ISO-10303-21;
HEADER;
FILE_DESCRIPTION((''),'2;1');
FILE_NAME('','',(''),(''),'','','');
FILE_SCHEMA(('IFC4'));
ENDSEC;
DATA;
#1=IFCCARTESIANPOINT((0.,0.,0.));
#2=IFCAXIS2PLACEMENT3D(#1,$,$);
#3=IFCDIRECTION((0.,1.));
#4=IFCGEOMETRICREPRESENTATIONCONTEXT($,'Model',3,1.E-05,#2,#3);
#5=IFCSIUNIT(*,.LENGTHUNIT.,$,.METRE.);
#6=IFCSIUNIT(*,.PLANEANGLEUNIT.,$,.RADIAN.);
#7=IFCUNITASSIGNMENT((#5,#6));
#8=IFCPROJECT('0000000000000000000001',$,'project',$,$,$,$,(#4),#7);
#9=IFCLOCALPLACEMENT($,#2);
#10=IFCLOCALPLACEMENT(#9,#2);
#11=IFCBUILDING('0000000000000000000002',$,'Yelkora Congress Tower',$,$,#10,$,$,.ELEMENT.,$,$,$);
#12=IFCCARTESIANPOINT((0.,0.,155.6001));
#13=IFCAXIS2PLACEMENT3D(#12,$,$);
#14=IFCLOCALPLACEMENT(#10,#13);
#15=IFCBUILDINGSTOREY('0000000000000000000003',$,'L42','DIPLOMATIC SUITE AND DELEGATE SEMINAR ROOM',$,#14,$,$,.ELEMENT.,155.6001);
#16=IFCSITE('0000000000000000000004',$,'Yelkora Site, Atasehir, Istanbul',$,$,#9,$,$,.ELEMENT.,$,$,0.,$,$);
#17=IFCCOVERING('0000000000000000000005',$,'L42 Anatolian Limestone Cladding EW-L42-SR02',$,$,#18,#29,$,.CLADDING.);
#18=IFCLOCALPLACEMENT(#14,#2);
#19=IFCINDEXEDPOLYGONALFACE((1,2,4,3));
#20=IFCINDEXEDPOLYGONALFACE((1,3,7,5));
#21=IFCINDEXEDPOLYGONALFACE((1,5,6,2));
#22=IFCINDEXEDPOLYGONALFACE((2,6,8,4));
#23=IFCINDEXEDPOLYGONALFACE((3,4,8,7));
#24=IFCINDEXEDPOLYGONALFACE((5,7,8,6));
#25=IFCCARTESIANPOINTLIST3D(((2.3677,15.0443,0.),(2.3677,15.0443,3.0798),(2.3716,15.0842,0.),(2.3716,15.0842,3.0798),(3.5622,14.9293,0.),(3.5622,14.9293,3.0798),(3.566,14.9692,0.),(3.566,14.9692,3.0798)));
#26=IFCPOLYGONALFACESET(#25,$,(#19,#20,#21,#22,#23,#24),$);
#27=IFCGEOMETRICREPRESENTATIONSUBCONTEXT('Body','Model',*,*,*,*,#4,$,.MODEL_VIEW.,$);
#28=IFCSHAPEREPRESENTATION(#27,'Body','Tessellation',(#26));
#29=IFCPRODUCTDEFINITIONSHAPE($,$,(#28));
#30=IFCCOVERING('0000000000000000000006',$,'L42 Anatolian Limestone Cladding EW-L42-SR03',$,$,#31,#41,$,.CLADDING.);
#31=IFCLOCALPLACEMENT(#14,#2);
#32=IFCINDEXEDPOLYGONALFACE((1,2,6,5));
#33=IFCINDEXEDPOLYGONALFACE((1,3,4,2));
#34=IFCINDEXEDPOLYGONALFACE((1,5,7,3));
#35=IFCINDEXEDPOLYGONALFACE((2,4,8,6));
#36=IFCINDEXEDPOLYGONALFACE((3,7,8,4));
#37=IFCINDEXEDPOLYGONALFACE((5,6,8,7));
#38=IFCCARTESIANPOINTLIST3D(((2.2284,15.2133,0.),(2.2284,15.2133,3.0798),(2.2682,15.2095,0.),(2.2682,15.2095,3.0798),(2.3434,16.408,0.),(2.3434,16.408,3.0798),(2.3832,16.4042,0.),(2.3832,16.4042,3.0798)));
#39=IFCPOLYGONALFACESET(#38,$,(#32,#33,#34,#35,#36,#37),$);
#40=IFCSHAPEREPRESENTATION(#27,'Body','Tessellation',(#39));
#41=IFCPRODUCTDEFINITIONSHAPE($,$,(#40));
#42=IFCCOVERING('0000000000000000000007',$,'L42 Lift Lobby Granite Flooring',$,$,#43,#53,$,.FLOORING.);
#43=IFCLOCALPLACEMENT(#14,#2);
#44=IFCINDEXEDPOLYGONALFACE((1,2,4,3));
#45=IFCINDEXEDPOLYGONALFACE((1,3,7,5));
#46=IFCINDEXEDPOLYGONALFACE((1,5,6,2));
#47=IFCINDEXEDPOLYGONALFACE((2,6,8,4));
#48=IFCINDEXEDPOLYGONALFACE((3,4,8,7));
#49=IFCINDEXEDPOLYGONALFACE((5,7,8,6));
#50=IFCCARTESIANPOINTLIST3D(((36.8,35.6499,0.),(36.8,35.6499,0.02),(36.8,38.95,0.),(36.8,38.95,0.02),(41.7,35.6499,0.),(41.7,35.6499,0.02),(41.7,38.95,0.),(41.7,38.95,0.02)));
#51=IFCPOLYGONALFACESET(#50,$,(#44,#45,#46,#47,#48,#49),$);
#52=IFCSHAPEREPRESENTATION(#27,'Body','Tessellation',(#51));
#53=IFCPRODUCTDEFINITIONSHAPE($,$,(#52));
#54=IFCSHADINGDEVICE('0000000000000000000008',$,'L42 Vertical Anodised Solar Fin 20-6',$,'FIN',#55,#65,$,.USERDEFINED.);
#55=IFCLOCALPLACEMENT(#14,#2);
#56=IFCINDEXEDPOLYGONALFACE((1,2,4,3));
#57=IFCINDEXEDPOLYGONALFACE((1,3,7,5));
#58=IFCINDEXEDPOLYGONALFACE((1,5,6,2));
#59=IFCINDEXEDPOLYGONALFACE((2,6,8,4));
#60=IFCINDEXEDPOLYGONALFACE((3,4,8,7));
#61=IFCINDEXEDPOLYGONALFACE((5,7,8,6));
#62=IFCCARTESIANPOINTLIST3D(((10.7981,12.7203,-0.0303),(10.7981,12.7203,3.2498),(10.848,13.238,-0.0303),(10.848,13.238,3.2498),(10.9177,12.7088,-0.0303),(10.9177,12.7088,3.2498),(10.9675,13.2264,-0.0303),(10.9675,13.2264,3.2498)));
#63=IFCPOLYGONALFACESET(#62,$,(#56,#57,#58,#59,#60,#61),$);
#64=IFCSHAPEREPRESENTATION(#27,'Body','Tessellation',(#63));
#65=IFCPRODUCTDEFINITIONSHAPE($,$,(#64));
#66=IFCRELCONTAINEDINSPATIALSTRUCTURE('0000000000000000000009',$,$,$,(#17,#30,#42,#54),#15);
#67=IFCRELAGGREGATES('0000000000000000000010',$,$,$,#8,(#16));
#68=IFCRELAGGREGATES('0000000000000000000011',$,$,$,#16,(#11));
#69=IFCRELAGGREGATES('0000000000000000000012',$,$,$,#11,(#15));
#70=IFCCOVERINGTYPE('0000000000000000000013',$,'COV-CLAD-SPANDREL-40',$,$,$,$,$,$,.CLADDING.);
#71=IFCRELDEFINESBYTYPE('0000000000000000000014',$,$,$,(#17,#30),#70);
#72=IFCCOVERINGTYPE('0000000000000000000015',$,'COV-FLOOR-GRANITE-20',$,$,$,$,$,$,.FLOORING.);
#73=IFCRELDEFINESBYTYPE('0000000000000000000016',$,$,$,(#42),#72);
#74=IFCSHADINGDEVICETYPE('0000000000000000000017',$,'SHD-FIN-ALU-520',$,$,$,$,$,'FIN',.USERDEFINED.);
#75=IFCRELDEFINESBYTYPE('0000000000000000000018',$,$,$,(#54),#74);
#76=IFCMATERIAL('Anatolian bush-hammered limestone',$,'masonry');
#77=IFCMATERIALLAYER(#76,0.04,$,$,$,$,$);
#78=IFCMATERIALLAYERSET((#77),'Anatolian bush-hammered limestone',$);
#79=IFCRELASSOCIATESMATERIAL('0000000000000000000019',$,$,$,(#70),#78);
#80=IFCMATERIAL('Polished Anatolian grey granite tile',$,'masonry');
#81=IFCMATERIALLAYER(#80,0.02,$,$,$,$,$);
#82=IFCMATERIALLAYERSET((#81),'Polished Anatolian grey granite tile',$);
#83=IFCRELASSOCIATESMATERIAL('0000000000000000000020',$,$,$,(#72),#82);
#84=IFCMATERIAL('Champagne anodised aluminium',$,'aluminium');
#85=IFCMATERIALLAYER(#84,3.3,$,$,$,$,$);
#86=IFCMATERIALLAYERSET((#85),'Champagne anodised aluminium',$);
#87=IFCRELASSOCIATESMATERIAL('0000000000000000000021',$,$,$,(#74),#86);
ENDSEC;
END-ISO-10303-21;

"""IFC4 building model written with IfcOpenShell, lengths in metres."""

from ifc_helpers import new_model, si_unit, direction, frame, frame_2d, origin, origin_2d, place, context, subcontext, project, spatial, polyline, rectangle, outline, extrude, material, layer, layer_set, type_object, element, save


model = new_model("IFC4")

# Units and contexts
model_context = context("Model", 3, precision=1e-05, world=origin(), true_north=direction((0.0, 1.0)))
body_context = subcontext(model_context, "Body", "Model", "MODEL_VIEW")
ifc_project = project(units=[si_unit("LENGTHUNIT", "METRE"), si_unit("PLANEANGLEUNIT", "RADIAN")], contexts=[model_context])

# Site, building, storey
site_placement = place(None, origin())
site = spatial("IfcSite", under=ifc_project, at=site_placement, Name="Yelkora Site, Atasehir, Istanbul", CompositionType="ELEMENT", RefElevation=0.0)
building_placement = place(site_placement, origin())
building = spatial("IfcBuilding", under=site, at=building_placement, Name="Yelkora Congress Tower", CompositionType="ELEMENT")
storey_placement = place(building_placement, frame((0.0, 0.0, 155.6001)))
storey = spatial("IfcBuildingStorey", under=building, at=storey_placement, Name="L42", Description="DIPLOMATIC SUITE AND DELEGATE SEMINAR ROOM", CompositionType="ELEMENT", Elevation=155.6001)

# Coverings
ifc_material_1 = material(Name="Anatolian bush-hammered limestone", Category="masonry")
ifc_layer_1 = layer(ifc_material_1, 0.04)
ifc_layer_set_1 = layer_set([ifc_layer_1], Name="Anatolian bush-hammered limestone")
covering_type_1 = type_object("IfcCoveringType", Name="COV-CLAD-SPANDREL-40", PredefinedType="CLADDING", material=ifc_layer_set_1)
covering_1_placement = place(storey_placement, frame((3.5642, 14.9492, 0.0), z_axis=(0.0, 0.0, 1.0), x_axis=(-0.995397, 0.095836, 0.0)))
element("IfcCovering", 1, at=covering_1_placement, inside=storey, type_object=covering_type_1, Name="L42 Anatolian Limestone Cladding EW-L42-SR02", PredefinedType="CLADDING", context=body_context, shape_type="SweptSolid", body=[
    extrude(rectangle(XDim=1.2, YDim=0.04, at=frame_2d((0.6001, 0.0))), origin(), (0.0, 0.0, 1.0), 3.0798),
])
covering_2_placement = place(storey_placement, frame((2.2483, 15.2114, 0.0), z_axis=(0.0, 0.0, 1.0), x_axis=(0.095817, 0.995399, 0.0)))
element("IfcCovering", 2, at=covering_2_placement, inside=storey, type_object=covering_type_1, Name="L42 Anatolian Limestone Cladding EW-L42-SR03", PredefinedType="CLADDING", context=body_context, shape_type="SweptSolid", body=[
    extrude(rectangle(XDim=1.2002, YDim=0.04, at=frame_2d((0.6001, 0.0))), origin(), (0.0, 0.0, 1.0), 3.0798),
])
ifc_material_2 = material(Name="Polished Anatolian grey granite tile", Category="masonry")
ifc_layer_2 = layer(ifc_material_2, 0.02)
ifc_layer_set_2 = layer_set([ifc_layer_2], Name="Polished Anatolian grey granite tile")
covering_type_2 = type_object("IfcCoveringType", Name="COV-FLOOR-GRANITE-20", PredefinedType="FLOORING", material=ifc_layer_set_2)
covering_3_placement = place(storey_placement, origin())
element("IfcCovering", 3, at=covering_3_placement, inside=storey, type_object=covering_type_2, Name="L42 Lift Lobby Granite Flooring", PredefinedType="FLOORING", context=body_context, shape_type="SweptSolid", body=[
    extrude(outline(polyline([(36.8, 35.6499), (41.7, 35.6499), (41.7, 38.95), (36.8, 38.95), (36.8, 35.6499)])), origin(), (0.0, 0.0, 1.0), 0.02),
])

# Shading device
ifc_material_3 = material(Name="Champagne anodised aluminium", Category="aluminium")
ifc_layer_3 = layer(ifc_material_3, 3.3)
ifc_layer_set_3 = layer_set([ifc_layer_3], Name="Champagne anodised aluminium")
shading_device_type = type_object("IfcShadingDeviceType", Name="SHD-FIN-ALU-520", ElementType="FIN", PredefinedType="USERDEFINED", material=ifc_layer_set_3)
shading_device_placement = place(storey_placement, frame((10.8828, 12.9734, -0.0303), z_axis=(0.0, 0.0, 1.0), x_axis=(-0.995396, 0.095846, 0.0)))
element("IfcShadingDevice", 4, at=shading_device_placement, inside=storey, type_object=shading_device_type, Name="L42 Vertical Anodised Solar Fin 20-6", ObjectType="FIN", PredefinedType="USERDEFINED", context=body_context, shape_type="SweptSolid", body=[
    extrude(rectangle(XDim=0.1201, YDim=0.52, at=origin_2d()), origin(), (0.0, 0.0, 1.0), 3.28),
])

save(model, "model.ifc")
